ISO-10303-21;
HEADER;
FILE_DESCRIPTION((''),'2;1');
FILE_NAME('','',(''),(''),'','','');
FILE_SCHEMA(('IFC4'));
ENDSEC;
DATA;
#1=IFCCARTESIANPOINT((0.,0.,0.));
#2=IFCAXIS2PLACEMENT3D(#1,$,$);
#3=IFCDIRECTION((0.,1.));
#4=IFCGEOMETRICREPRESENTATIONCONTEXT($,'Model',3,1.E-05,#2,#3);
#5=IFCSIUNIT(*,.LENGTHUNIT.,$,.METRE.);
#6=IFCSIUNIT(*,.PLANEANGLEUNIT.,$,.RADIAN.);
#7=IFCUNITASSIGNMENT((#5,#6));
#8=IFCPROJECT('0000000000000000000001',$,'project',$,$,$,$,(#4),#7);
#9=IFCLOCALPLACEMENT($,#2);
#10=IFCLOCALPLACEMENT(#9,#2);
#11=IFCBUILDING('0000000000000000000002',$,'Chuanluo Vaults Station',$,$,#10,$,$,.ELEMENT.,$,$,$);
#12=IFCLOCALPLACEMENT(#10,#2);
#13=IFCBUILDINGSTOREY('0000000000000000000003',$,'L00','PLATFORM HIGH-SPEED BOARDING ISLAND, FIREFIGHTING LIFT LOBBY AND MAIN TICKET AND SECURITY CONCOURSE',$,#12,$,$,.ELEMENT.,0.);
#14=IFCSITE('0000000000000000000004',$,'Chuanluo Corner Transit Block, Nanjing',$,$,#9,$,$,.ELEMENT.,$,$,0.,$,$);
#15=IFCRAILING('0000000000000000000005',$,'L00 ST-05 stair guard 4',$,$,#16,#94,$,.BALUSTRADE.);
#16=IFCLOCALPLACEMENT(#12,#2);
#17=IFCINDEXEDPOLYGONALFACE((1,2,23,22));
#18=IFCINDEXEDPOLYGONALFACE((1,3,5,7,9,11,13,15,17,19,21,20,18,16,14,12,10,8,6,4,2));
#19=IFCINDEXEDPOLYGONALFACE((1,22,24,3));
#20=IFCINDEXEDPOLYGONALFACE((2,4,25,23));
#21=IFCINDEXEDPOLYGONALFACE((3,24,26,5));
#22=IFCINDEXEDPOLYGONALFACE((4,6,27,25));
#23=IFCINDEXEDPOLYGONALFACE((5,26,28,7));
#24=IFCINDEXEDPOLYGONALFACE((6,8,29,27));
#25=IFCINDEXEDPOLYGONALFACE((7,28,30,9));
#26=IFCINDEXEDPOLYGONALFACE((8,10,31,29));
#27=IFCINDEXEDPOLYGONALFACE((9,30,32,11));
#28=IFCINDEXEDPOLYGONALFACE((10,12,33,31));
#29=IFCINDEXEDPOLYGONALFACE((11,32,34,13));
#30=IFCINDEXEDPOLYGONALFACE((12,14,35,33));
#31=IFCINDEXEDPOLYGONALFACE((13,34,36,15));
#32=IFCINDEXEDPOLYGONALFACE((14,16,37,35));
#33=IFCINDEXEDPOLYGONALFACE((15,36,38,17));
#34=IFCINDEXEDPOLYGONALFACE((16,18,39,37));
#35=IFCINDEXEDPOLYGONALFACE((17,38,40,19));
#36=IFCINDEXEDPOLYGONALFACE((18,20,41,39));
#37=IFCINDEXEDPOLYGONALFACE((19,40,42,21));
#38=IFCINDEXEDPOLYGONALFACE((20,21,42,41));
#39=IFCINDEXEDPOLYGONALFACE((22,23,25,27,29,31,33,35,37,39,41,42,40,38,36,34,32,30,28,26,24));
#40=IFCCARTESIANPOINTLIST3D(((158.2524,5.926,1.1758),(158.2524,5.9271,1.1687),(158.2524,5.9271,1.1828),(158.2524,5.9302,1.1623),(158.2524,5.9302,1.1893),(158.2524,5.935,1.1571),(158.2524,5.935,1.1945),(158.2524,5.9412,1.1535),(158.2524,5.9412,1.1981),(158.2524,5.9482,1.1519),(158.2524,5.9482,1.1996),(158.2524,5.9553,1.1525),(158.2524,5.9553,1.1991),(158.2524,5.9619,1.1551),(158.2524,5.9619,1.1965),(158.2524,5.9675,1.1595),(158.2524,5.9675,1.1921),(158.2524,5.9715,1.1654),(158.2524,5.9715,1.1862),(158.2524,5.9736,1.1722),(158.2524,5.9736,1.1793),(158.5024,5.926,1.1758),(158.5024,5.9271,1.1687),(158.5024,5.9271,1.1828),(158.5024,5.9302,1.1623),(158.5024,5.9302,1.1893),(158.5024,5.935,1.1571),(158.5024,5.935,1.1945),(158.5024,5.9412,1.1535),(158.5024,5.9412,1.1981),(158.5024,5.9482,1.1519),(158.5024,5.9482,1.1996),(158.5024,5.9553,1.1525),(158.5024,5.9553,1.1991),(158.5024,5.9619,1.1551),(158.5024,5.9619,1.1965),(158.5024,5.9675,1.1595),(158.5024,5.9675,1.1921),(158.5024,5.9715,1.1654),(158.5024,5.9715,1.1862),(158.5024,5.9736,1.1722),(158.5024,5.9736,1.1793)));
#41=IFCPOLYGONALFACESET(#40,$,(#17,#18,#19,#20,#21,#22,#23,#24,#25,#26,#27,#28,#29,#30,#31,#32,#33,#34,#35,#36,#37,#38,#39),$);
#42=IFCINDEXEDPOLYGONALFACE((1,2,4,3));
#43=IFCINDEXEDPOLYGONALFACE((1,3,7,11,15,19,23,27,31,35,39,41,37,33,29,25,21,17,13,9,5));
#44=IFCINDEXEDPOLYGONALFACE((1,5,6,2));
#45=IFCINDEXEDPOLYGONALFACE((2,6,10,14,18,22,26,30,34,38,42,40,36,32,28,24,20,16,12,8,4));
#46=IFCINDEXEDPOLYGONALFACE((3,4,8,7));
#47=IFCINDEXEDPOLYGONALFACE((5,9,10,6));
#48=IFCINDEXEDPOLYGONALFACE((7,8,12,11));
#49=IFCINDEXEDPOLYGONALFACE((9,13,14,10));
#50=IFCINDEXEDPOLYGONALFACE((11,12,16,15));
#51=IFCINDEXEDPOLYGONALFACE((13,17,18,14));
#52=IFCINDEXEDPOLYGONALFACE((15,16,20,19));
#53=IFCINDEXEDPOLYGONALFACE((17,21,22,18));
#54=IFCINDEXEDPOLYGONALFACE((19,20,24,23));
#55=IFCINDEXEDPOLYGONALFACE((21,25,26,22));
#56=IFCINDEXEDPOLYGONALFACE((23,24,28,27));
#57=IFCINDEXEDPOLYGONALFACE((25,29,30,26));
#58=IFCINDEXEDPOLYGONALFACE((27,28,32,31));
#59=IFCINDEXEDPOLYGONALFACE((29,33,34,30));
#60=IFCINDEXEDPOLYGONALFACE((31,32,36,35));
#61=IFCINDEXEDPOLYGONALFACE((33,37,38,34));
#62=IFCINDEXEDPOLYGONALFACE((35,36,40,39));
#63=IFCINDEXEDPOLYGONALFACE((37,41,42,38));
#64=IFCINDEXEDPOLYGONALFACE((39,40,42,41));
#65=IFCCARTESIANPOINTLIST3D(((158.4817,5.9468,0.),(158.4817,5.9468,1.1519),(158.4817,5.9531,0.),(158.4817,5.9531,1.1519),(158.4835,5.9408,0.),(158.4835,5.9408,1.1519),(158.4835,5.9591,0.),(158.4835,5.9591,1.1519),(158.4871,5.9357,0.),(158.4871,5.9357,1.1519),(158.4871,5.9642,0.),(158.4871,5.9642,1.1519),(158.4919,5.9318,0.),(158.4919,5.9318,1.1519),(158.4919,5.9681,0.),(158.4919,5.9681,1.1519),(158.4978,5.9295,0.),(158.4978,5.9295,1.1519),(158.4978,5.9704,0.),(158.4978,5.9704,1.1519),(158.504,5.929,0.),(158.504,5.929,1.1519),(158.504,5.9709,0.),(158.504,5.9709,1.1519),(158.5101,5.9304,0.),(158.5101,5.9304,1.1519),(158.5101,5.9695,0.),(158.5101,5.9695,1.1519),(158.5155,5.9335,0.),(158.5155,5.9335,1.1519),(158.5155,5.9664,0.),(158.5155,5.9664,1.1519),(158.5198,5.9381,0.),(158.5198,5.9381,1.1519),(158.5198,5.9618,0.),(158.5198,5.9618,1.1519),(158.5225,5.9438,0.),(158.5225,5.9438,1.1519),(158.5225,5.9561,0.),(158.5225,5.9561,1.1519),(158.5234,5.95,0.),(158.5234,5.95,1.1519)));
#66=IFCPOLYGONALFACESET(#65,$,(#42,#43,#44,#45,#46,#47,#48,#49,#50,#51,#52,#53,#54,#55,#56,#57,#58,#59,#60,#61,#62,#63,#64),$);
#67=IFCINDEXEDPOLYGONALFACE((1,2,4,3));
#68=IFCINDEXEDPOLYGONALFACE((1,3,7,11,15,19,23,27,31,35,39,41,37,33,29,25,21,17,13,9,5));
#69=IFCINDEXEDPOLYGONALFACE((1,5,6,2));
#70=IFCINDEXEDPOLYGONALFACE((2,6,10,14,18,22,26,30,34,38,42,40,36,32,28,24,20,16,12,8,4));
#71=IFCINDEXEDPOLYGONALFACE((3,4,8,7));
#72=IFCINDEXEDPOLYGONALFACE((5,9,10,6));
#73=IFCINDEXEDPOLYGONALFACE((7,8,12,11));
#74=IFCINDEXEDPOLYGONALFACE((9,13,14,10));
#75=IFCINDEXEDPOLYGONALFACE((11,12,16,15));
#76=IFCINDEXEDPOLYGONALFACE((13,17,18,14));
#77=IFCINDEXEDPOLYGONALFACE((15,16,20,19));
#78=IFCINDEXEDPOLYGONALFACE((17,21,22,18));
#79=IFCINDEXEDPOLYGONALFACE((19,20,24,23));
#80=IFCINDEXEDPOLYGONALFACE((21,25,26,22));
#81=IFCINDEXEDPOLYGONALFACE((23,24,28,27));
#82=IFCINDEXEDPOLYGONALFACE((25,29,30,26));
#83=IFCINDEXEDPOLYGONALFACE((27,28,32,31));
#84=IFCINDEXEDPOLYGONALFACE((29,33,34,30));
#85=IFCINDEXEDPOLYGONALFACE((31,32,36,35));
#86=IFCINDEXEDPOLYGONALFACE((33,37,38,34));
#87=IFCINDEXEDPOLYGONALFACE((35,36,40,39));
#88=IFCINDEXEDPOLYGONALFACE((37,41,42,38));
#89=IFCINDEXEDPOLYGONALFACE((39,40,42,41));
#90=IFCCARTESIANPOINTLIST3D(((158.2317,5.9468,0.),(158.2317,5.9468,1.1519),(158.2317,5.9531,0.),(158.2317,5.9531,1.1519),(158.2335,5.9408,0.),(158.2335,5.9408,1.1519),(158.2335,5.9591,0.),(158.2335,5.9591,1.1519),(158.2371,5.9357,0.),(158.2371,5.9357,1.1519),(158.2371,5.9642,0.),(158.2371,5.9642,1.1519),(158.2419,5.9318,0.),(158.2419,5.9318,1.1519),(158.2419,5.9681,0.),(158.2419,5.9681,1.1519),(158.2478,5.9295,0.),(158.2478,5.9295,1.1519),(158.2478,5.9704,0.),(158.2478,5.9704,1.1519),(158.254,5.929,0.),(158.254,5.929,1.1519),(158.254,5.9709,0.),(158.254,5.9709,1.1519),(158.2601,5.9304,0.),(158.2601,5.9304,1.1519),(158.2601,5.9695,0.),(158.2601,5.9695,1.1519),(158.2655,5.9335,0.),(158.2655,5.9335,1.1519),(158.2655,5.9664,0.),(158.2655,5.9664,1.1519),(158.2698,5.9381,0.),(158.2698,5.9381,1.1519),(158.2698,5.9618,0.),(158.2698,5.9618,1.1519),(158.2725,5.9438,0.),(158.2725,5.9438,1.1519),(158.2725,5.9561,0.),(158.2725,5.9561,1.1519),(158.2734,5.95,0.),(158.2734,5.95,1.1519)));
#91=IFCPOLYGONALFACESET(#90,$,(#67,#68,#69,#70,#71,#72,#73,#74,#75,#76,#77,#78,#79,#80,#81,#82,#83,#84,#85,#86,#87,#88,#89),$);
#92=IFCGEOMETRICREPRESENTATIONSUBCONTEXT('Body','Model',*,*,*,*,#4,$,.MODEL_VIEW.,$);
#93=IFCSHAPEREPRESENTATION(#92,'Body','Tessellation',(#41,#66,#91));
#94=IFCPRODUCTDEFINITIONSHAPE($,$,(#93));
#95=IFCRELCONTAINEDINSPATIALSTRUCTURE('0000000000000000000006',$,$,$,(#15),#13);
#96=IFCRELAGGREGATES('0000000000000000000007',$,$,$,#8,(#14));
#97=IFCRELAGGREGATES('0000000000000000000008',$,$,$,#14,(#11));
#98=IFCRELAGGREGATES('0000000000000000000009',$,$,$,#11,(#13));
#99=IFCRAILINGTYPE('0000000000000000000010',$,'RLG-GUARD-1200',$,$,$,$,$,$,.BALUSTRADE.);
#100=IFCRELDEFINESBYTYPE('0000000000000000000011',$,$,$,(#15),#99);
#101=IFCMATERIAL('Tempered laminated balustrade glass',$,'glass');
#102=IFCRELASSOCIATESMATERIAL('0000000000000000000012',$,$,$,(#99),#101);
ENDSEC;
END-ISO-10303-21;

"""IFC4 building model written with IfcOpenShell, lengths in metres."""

from ifc_helpers import new_model, si_unit, direction, frame, origin, origin_2d, place, context, subcontext, project, spatial, circle, extrude, material, type_object, element, save


model = new_model("IFC4")

# Units and contexts
model_context = context("Model", 3, precision=1e-05, world=origin(), true_north=direction((0.0, 1.0)))
body_context = subcontext(model_context, "Body", "Model", "MODEL_VIEW")
ifc_project = project(units=[si_unit("LENGTHUNIT", "METRE"), si_unit("PLANEANGLEUNIT", "RADIAN")], contexts=[model_context])

# Site, building, storey
site_placement = place(None, origin())
site = spatial("IfcSite", under=ifc_project, at=site_placement, Name="Chuanluo Corner Transit Block, Nanjing", CompositionType="ELEMENT", RefElevation=0.0)
building_placement = place(site_placement, origin())
building = spatial("IfcBuilding", under=site, at=building_placement, Name="Chuanluo Vaults Station", CompositionType="ELEMENT")
storey_placement = place(building_placement, origin())
storey = spatial("IfcBuildingStorey", under=building, at=storey_placement, Name="L00", Description="PLATFORM HIGH-SPEED BOARDING ISLAND, FIREFIGHTING LIFT LOBBY AND MAIN TICKET AND SECURITY CONCOURSE", CompositionType="ELEMENT", Elevation=0.0)

# Railing
ifc_material_1 = material(Name="Tempered laminated balustrade glass", Category="glass")
railing_type_1 = type_object("IfcRailingType", Name="RLG-GUARD-1200", PredefinedType="BALUSTRADE", material=ifc_material_1)
railing_1_placement = place(storey_placement, frame((158.5024, 5.95, 0.0)))
element("IfcRailing", 1, at=railing_1_placement, inside=storey, type_object=railing_type_1, Name="L00 ST-05 stair guard 4", PredefinedType="BALUSTRADE", context=body_context, shape_type="SweptSolid", body=[
    extrude(circle(Radius=0.0239, at=origin_2d()), frame((0.0, 0.0, 1.1758), z_axis=(-1.0, 0.0, 0.0), x_axis=(0.0, -1.0, 0.0)), (0.0, 0.0, 1.0), 0.25),
    extrude(circle(Radius=0.021, at=origin_2d()), origin(), (0.0, 0.0, 1.0), 1.1519),
    extrude(circle(Radius=0.021, at=origin_2d()), frame((-0.25, 0.0, 0.0)), (0.0, 0.0, 1.0), 1.1519),
])

save(model, "model.ifc")
